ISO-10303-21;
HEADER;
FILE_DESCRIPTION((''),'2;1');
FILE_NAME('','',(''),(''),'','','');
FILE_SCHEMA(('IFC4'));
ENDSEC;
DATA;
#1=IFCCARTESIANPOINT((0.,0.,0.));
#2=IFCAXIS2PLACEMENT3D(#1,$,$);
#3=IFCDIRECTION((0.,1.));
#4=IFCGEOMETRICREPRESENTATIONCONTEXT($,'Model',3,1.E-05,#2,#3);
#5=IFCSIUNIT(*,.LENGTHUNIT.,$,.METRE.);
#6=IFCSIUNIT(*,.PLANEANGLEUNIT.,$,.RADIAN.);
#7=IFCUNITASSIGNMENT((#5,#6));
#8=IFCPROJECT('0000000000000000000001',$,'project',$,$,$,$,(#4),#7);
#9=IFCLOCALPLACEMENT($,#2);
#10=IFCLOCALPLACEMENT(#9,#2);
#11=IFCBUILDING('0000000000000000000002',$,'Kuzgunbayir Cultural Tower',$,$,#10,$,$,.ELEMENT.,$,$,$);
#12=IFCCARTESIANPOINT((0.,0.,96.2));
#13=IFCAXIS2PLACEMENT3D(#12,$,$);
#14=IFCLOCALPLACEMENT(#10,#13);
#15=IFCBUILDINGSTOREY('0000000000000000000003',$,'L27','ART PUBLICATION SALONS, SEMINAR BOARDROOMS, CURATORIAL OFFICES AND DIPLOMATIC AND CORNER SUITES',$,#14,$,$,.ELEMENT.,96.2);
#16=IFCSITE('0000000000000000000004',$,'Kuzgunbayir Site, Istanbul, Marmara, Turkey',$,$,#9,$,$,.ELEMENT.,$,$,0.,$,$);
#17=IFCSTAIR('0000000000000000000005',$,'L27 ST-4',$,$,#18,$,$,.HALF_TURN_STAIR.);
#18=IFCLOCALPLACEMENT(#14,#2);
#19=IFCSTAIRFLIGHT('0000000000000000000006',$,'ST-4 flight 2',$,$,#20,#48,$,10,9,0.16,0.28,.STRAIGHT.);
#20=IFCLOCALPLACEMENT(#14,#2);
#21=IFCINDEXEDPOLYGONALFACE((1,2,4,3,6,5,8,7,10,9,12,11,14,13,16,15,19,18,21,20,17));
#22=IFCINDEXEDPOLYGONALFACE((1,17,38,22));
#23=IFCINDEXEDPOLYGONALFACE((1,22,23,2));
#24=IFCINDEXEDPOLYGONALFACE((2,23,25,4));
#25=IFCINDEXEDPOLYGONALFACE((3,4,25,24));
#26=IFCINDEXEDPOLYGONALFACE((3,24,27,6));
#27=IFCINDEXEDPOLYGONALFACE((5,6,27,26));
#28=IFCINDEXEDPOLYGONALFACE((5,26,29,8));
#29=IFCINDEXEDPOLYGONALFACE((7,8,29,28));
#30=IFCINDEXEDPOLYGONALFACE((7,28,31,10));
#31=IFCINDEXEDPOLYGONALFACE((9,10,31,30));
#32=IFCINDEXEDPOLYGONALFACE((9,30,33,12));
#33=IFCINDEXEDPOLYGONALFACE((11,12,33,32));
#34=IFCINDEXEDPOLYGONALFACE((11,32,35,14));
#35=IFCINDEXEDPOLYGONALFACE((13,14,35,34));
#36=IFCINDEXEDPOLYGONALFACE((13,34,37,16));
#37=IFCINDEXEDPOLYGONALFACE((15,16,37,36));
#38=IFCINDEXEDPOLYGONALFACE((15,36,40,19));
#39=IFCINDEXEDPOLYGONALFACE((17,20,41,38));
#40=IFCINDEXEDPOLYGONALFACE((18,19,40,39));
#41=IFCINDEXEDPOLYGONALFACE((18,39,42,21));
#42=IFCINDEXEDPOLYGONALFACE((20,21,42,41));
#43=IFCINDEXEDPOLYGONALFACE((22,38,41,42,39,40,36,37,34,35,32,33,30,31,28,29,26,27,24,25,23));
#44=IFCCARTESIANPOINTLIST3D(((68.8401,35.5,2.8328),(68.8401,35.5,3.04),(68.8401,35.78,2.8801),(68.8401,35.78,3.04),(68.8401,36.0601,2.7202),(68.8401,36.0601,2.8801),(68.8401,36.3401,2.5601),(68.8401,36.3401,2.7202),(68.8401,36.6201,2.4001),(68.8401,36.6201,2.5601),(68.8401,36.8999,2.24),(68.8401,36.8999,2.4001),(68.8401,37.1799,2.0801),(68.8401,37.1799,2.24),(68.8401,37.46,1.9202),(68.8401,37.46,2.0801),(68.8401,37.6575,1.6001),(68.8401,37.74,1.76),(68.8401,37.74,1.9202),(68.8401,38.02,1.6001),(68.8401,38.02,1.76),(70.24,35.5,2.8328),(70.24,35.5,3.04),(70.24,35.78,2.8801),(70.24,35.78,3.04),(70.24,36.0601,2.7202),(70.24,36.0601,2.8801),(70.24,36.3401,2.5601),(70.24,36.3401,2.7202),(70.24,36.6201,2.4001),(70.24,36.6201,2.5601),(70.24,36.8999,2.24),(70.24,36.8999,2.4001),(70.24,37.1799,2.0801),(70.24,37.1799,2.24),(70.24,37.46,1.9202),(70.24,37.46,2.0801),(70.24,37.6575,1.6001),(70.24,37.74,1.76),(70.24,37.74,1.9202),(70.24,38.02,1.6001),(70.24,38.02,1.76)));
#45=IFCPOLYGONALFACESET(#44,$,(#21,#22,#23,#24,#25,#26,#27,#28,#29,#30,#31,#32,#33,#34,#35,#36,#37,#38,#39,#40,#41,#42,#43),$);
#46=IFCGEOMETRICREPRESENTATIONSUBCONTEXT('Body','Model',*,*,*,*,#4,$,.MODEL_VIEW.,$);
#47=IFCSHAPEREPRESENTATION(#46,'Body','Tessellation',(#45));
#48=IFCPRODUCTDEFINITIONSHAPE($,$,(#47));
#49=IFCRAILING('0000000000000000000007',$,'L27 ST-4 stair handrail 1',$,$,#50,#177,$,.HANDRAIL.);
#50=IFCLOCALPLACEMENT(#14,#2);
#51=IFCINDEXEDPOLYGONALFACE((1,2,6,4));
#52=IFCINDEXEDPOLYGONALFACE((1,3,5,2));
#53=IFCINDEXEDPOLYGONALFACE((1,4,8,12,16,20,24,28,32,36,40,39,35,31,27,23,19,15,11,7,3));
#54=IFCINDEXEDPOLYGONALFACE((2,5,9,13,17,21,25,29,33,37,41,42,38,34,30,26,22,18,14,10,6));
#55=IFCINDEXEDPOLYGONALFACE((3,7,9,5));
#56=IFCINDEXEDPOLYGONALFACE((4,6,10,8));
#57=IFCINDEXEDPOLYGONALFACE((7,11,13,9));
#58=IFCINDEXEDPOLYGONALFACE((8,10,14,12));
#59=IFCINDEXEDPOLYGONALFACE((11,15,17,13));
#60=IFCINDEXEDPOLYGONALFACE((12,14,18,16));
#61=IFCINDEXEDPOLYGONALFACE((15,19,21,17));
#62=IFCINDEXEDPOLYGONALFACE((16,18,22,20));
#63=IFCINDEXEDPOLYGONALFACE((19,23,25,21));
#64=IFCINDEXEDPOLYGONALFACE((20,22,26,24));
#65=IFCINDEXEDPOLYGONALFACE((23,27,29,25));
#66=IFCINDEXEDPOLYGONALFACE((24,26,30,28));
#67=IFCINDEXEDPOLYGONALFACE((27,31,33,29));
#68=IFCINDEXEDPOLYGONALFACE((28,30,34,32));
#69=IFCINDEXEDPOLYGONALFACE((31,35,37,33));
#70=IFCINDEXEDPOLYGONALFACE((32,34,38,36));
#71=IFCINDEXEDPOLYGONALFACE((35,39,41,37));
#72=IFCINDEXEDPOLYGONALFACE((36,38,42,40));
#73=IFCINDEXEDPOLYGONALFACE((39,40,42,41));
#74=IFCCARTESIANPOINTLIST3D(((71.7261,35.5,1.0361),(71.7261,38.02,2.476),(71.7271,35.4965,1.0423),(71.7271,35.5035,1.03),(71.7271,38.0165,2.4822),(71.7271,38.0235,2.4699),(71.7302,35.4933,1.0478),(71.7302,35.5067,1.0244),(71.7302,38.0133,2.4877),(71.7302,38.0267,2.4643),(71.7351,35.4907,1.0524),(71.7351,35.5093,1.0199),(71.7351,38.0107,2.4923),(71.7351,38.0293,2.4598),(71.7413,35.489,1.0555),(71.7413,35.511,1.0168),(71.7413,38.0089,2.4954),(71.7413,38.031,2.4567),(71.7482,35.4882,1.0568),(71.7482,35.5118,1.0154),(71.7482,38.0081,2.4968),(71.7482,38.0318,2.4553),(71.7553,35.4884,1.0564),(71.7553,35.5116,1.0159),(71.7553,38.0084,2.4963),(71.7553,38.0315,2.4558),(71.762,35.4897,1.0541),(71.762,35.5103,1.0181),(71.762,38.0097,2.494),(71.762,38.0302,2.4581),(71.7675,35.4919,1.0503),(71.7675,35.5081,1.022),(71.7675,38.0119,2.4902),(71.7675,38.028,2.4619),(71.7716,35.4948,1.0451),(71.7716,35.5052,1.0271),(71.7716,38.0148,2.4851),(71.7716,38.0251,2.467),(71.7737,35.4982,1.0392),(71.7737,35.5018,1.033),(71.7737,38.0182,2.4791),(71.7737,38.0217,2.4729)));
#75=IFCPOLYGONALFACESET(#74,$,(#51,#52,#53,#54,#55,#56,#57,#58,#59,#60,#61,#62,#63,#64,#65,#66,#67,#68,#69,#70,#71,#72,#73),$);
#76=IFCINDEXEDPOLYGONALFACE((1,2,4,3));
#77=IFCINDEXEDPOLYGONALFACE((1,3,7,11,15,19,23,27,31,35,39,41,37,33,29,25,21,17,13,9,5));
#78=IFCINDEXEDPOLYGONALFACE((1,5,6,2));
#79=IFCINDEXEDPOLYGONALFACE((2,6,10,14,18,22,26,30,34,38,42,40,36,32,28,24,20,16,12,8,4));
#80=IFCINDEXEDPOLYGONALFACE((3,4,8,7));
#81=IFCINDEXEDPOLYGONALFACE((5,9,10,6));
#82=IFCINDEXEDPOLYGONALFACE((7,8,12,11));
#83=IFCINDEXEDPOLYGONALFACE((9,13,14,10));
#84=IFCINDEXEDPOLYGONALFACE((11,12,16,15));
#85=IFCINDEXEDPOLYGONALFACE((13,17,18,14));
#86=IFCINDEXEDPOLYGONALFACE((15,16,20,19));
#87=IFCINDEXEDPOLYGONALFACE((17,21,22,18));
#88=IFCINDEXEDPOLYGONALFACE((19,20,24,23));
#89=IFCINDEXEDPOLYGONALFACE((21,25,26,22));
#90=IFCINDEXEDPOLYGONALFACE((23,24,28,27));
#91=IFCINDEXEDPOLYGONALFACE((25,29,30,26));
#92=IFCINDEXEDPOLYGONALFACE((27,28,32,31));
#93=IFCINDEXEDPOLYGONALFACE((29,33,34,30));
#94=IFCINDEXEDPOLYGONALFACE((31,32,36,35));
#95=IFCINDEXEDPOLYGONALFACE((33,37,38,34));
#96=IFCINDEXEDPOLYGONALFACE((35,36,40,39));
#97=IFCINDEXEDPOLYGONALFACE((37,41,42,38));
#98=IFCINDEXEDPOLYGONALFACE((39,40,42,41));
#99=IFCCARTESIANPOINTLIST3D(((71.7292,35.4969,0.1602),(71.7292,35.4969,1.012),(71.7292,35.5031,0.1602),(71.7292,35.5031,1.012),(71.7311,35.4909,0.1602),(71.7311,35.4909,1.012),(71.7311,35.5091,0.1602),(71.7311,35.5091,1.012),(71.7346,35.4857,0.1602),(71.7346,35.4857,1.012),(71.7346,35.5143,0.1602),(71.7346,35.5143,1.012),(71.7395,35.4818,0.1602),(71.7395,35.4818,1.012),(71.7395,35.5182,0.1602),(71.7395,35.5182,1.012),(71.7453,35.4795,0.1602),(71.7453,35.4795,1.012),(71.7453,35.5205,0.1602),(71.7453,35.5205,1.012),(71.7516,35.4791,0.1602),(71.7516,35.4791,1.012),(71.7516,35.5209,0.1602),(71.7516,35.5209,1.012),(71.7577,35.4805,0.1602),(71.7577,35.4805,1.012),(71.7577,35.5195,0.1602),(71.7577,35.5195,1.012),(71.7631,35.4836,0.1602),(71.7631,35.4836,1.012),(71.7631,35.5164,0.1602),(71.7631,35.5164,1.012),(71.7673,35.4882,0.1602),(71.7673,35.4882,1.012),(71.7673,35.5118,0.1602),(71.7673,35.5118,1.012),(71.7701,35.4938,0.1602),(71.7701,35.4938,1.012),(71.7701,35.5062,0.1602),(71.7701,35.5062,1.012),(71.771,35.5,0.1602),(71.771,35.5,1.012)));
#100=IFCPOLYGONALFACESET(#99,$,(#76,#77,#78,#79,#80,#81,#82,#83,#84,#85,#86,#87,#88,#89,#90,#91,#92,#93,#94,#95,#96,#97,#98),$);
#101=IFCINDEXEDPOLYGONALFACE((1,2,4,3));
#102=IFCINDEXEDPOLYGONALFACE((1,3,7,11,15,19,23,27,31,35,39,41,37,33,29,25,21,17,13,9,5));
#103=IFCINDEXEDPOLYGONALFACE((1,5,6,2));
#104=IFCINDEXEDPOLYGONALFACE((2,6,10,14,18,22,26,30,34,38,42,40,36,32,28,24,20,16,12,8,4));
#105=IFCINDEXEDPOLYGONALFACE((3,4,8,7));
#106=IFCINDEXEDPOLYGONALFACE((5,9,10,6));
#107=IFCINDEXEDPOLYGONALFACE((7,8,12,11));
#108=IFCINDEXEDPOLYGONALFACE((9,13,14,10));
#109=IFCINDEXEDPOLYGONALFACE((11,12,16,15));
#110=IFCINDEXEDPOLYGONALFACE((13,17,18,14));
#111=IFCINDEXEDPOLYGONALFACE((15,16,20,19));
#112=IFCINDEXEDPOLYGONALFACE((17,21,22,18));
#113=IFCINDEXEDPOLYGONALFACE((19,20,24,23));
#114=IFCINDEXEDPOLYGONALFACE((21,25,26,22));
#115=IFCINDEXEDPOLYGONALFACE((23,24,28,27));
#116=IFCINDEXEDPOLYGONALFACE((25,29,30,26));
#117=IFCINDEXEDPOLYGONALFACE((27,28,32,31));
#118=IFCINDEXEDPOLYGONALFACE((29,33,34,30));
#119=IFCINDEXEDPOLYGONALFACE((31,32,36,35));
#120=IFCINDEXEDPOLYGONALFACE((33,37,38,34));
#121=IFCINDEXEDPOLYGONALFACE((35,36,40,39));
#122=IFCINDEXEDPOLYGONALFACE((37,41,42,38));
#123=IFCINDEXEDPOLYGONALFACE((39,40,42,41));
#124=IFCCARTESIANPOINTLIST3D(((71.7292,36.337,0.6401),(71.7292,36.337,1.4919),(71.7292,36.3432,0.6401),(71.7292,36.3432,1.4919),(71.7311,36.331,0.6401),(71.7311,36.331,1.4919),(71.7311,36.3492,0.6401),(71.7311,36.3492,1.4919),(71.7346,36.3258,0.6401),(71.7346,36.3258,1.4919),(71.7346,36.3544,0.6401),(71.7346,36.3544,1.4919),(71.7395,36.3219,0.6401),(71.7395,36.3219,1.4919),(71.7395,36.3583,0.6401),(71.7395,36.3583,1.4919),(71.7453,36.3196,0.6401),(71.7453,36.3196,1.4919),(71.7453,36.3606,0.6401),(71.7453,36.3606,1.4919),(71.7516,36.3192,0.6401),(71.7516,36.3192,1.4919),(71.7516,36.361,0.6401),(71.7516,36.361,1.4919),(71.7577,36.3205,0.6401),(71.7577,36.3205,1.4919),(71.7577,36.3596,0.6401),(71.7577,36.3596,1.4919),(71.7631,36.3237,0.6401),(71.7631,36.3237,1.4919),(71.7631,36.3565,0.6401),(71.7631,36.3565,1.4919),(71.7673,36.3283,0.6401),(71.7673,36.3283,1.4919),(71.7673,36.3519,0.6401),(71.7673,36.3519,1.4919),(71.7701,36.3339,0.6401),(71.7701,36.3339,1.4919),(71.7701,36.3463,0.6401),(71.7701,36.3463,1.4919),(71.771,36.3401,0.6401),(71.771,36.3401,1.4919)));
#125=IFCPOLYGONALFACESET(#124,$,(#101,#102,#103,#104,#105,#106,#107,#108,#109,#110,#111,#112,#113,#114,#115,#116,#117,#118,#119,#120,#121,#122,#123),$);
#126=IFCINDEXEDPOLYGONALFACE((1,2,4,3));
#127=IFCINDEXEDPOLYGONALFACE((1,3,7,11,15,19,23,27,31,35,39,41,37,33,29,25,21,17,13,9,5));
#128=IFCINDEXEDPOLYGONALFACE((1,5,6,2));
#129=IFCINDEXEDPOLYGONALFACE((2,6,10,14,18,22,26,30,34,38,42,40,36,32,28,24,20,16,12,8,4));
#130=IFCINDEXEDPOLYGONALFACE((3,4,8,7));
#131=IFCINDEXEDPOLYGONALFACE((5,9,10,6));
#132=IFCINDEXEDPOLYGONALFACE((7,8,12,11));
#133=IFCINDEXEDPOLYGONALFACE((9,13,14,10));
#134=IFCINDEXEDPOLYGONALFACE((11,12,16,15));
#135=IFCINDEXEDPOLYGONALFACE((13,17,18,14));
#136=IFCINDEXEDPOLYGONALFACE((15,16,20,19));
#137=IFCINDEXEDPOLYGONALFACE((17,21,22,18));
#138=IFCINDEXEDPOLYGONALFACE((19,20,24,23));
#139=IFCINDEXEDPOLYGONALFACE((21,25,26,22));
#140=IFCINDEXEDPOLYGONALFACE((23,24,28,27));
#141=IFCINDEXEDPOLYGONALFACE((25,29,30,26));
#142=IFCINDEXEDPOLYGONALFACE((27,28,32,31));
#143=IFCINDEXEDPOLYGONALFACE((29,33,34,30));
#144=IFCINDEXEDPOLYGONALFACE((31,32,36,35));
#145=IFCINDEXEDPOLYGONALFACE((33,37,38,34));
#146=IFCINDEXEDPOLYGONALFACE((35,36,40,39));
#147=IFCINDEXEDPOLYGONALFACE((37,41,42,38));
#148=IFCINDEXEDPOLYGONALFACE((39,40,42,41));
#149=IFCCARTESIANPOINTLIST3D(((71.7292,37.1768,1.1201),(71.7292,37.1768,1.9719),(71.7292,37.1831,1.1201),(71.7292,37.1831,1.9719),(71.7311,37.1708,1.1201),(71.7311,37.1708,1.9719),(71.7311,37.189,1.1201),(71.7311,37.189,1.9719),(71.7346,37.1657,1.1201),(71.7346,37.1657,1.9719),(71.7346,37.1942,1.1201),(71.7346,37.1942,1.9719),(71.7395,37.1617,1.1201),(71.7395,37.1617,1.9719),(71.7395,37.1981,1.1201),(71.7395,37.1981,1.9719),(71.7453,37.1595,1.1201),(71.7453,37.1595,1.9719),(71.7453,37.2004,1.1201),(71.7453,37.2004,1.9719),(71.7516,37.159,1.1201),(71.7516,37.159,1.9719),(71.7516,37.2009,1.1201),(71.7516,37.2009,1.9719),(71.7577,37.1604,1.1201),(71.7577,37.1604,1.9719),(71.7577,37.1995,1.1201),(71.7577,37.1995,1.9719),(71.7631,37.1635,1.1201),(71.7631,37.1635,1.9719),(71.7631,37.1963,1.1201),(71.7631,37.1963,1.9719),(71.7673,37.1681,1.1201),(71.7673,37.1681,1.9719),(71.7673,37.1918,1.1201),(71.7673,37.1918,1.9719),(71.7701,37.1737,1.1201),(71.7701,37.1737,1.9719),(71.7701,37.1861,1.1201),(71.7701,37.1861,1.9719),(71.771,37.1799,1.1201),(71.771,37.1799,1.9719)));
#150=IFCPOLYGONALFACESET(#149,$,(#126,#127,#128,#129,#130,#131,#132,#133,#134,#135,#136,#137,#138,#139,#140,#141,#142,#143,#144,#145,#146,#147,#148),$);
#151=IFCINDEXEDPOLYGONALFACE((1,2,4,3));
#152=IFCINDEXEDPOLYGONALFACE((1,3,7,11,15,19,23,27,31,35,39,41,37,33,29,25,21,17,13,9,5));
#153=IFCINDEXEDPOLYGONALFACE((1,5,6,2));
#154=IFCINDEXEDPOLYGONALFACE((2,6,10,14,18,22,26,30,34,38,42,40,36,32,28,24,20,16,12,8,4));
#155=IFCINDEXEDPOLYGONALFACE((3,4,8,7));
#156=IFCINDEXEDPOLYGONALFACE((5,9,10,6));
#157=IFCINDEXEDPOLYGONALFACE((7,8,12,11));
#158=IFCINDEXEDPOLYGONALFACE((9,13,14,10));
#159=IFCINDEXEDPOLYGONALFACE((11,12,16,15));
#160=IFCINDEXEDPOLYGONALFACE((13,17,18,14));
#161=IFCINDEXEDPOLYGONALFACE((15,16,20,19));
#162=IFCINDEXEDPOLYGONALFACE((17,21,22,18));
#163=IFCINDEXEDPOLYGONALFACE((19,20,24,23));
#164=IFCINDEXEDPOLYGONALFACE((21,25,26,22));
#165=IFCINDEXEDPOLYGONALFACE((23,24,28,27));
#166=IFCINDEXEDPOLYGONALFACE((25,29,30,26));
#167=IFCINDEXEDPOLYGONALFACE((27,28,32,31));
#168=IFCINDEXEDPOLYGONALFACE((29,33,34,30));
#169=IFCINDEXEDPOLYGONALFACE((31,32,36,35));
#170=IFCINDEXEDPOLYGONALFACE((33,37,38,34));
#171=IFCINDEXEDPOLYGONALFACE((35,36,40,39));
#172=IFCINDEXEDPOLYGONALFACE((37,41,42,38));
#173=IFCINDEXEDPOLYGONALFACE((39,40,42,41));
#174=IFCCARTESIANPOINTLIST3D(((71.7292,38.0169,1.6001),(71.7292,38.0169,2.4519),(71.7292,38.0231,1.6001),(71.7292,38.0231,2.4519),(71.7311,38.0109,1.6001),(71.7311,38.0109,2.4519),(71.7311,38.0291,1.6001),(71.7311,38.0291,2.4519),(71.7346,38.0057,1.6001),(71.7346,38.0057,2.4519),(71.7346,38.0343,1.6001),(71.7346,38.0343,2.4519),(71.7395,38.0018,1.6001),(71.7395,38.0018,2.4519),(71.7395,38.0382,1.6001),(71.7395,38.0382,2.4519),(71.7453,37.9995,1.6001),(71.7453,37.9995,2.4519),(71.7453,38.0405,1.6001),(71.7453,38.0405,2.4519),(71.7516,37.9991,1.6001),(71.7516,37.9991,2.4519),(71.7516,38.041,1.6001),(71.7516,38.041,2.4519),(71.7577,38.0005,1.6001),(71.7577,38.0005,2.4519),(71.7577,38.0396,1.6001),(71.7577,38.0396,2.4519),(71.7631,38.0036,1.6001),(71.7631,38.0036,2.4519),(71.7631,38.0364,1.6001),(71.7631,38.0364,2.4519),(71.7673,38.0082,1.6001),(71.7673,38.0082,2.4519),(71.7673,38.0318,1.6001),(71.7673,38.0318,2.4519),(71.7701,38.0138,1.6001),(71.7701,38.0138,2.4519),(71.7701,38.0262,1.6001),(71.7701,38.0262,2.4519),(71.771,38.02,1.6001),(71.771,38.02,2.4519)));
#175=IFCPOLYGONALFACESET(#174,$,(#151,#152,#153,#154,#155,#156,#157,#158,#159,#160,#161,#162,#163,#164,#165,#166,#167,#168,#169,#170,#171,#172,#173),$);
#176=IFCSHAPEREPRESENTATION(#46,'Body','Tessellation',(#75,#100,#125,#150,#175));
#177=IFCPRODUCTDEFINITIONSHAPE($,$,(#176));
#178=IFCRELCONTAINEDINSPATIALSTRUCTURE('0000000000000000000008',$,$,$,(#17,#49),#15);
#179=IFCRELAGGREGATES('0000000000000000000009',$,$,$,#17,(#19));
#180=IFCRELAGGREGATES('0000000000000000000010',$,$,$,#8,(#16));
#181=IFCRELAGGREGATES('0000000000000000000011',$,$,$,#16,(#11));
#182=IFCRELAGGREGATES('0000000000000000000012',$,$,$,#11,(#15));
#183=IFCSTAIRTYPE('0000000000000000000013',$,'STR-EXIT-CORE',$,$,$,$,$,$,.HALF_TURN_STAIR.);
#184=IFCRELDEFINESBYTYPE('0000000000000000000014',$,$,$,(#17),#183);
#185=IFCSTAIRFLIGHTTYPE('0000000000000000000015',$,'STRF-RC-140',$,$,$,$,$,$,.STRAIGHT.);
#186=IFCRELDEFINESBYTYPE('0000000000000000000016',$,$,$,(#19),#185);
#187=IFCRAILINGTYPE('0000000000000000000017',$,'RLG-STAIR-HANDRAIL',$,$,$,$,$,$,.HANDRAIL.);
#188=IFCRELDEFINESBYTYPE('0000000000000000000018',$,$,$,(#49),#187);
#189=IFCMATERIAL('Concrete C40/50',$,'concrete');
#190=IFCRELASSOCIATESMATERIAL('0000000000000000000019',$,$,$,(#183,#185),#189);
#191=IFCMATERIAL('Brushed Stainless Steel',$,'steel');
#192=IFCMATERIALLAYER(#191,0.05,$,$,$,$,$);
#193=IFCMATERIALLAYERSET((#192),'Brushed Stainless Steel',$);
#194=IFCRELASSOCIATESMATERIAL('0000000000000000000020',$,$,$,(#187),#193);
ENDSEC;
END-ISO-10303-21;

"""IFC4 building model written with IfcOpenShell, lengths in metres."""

from ifc_helpers import new_model, si_unit, direction, frame, origin, origin_2d, place, context, subcontext, project, spatial, polyline, circle, outline, extrude, material, layer, layer_set, type_object, element, aggregate, save


model = new_model("IFC4")

# Units and contexts
model_context = context("Model", 3, precision=1e-05, world=origin(), true_north=direction((0.0, 1.0)))
body_context = subcontext(model_context, "Body", "Model", "MODEL_VIEW")
ifc_project = project(units=[si_unit("LENGTHUNIT", "METRE"), si_unit("PLANEANGLEUNIT", "RADIAN")], contexts=[model_context])

# Site, building, storey
site_placement = place(None, origin())
site = spatial("IfcSite", under=ifc_project, at=site_placement, Name="Kuzgunbayir Site, Istanbul, Marmara, Turkey", CompositionType="ELEMENT", RefElevation=0.0)
building_placement = place(site_placement, origin())
building = spatial("IfcBuilding", under=site, at=building_placement, Name="Kuzgunbayir Cultural Tower", CompositionType="ELEMENT")
storey_placement = place(building_placement, frame((0.0, 0.0, 96.2)))
storey = spatial("IfcBuildingStorey", under=building, at=storey_placement, Name="L27", Description="ART PUBLICATION SALONS, SEMINAR BOARDROOMS, CURATORIAL OFFICES AND DIPLOMATIC AND CORNER SUITES", CompositionType="ELEMENT", Elevation=96.2)

# Shared definitions
ifc_material_1 = material(Name="Concrete C40/50", Category="concrete")

# Stair, stair flight
stair_type = type_object("IfcStairType", Name="STR-EXIT-CORE", PredefinedType="HALF_TURN_STAIR", material=ifc_material_1)
stair_placement = place(storey_placement, origin())
stair = element("IfcStair", 1, at=stair_placement, inside=storey, type_object=stair_type, Name="L27 ST-4", PredefinedType="HALF_TURN_STAIR")
stair_flight_type = type_object("IfcStairFlightType", Name="STRF-RC-140", PredefinedType="STRAIGHT", material=ifc_material_1)
stair_flight_1_placement = place(storey_placement, frame((69.54, 38.02, 1.6001), z_axis=(0.0, 0.0, 1.0), x_axis=(0.0, -1.0, 0.0)))
stair_flight_1 = element("IfcStairFlight", 2, at=stair_flight_1_placement, type_object=stair_flight_type, Name="ST-4 flight 2", NumberOfRisers=10, NumberOfTreads=9, PredefinedType="STRAIGHT", RiserHeight=0.16, TreadLength=0.28, context=body_context, shape_type="SweptSolid", body=[
    extrude(outline(polyline([(0.0, 0.0), (0.0, 0.1599), (0.28, 0.1599), (0.28, 0.3201), (0.5601, 0.3201), (0.5601, 0.48), (0.8401, 0.48), (0.8401, 0.6399), (1.1201, 0.6399), (1.1201, 0.8), (1.3999, 0.8), (1.3999, 0.96), (1.6799, 0.96), (1.6799, 1.1201), (1.96, 1.1201), (1.96, 1.28), (2.24, 1.28), (2.24, 1.4399), (2.52, 1.4399), (2.52, 1.6001), (2.52, 1.2327), (0.3625, 0.0), (0.0, 0.0)])), frame((0.0, 0.7, 0.0), z_axis=(0.0, -1.0, 0.0), x_axis=(1.0, 0.0, 0.0)), (0.0, 0.0, 1.0), 1.3999),
])
aggregate(stair, [stair_flight_1])

# Railing
ifc_material_2 = material(Name="Brushed Stainless Steel", Category="steel")
ifc_layer_1 = layer(ifc_material_2, 0.05)
ifc_layer_set_1 = layer_set([ifc_layer_1], Name="Brushed Stainless Steel")
railing_type_1 = type_object("IfcRailingType", Name="RLG-STAIR-HANDRAIL", PredefinedType="HANDRAIL", material=ifc_layer_set_1)
railing_1_placement = place(storey_placement, frame((71.75, 35.5, 0.1602)))
element("IfcRailing", 3, at=railing_1_placement, inside=storey, type_object=railing_type_1, Name="L27 ST-4 stair handrail 1", PredefinedType="HANDRAIL", context=body_context, shape_type="SweptSolid", body=[
    extrude(circle(Radius=0.0239, at=origin_2d()), frame((0.0, 0.0, 0.876), z_axis=(0.0, 0.868253, 0.496121), x_axis=(-1.0, 0.0, 0.0)), (0.0, 0.0, 1.0), 2.9023),
    extrude(circle(Radius=0.021, at=origin_2d()), origin(), (0.0, 0.0, 1.0), 0.8518),
    extrude(circle(Radius=0.021, at=origin_2d()), frame((0.0, 0.8401, 0.48)), (0.0, 0.0, 1.0), 0.8518),
    extrude(circle(Radius=0.021, at=origin_2d()), frame((0.0, 1.6799, 0.96)), (0.0, 0.0, 1.0), 0.8518),
    extrude(circle(Radius=0.021, at=origin_2d()), frame((0.0, 2.52, 1.4399)), (0.0, 0.0, 1.0), 0.8518),
])

save(model, "model.ifc")
